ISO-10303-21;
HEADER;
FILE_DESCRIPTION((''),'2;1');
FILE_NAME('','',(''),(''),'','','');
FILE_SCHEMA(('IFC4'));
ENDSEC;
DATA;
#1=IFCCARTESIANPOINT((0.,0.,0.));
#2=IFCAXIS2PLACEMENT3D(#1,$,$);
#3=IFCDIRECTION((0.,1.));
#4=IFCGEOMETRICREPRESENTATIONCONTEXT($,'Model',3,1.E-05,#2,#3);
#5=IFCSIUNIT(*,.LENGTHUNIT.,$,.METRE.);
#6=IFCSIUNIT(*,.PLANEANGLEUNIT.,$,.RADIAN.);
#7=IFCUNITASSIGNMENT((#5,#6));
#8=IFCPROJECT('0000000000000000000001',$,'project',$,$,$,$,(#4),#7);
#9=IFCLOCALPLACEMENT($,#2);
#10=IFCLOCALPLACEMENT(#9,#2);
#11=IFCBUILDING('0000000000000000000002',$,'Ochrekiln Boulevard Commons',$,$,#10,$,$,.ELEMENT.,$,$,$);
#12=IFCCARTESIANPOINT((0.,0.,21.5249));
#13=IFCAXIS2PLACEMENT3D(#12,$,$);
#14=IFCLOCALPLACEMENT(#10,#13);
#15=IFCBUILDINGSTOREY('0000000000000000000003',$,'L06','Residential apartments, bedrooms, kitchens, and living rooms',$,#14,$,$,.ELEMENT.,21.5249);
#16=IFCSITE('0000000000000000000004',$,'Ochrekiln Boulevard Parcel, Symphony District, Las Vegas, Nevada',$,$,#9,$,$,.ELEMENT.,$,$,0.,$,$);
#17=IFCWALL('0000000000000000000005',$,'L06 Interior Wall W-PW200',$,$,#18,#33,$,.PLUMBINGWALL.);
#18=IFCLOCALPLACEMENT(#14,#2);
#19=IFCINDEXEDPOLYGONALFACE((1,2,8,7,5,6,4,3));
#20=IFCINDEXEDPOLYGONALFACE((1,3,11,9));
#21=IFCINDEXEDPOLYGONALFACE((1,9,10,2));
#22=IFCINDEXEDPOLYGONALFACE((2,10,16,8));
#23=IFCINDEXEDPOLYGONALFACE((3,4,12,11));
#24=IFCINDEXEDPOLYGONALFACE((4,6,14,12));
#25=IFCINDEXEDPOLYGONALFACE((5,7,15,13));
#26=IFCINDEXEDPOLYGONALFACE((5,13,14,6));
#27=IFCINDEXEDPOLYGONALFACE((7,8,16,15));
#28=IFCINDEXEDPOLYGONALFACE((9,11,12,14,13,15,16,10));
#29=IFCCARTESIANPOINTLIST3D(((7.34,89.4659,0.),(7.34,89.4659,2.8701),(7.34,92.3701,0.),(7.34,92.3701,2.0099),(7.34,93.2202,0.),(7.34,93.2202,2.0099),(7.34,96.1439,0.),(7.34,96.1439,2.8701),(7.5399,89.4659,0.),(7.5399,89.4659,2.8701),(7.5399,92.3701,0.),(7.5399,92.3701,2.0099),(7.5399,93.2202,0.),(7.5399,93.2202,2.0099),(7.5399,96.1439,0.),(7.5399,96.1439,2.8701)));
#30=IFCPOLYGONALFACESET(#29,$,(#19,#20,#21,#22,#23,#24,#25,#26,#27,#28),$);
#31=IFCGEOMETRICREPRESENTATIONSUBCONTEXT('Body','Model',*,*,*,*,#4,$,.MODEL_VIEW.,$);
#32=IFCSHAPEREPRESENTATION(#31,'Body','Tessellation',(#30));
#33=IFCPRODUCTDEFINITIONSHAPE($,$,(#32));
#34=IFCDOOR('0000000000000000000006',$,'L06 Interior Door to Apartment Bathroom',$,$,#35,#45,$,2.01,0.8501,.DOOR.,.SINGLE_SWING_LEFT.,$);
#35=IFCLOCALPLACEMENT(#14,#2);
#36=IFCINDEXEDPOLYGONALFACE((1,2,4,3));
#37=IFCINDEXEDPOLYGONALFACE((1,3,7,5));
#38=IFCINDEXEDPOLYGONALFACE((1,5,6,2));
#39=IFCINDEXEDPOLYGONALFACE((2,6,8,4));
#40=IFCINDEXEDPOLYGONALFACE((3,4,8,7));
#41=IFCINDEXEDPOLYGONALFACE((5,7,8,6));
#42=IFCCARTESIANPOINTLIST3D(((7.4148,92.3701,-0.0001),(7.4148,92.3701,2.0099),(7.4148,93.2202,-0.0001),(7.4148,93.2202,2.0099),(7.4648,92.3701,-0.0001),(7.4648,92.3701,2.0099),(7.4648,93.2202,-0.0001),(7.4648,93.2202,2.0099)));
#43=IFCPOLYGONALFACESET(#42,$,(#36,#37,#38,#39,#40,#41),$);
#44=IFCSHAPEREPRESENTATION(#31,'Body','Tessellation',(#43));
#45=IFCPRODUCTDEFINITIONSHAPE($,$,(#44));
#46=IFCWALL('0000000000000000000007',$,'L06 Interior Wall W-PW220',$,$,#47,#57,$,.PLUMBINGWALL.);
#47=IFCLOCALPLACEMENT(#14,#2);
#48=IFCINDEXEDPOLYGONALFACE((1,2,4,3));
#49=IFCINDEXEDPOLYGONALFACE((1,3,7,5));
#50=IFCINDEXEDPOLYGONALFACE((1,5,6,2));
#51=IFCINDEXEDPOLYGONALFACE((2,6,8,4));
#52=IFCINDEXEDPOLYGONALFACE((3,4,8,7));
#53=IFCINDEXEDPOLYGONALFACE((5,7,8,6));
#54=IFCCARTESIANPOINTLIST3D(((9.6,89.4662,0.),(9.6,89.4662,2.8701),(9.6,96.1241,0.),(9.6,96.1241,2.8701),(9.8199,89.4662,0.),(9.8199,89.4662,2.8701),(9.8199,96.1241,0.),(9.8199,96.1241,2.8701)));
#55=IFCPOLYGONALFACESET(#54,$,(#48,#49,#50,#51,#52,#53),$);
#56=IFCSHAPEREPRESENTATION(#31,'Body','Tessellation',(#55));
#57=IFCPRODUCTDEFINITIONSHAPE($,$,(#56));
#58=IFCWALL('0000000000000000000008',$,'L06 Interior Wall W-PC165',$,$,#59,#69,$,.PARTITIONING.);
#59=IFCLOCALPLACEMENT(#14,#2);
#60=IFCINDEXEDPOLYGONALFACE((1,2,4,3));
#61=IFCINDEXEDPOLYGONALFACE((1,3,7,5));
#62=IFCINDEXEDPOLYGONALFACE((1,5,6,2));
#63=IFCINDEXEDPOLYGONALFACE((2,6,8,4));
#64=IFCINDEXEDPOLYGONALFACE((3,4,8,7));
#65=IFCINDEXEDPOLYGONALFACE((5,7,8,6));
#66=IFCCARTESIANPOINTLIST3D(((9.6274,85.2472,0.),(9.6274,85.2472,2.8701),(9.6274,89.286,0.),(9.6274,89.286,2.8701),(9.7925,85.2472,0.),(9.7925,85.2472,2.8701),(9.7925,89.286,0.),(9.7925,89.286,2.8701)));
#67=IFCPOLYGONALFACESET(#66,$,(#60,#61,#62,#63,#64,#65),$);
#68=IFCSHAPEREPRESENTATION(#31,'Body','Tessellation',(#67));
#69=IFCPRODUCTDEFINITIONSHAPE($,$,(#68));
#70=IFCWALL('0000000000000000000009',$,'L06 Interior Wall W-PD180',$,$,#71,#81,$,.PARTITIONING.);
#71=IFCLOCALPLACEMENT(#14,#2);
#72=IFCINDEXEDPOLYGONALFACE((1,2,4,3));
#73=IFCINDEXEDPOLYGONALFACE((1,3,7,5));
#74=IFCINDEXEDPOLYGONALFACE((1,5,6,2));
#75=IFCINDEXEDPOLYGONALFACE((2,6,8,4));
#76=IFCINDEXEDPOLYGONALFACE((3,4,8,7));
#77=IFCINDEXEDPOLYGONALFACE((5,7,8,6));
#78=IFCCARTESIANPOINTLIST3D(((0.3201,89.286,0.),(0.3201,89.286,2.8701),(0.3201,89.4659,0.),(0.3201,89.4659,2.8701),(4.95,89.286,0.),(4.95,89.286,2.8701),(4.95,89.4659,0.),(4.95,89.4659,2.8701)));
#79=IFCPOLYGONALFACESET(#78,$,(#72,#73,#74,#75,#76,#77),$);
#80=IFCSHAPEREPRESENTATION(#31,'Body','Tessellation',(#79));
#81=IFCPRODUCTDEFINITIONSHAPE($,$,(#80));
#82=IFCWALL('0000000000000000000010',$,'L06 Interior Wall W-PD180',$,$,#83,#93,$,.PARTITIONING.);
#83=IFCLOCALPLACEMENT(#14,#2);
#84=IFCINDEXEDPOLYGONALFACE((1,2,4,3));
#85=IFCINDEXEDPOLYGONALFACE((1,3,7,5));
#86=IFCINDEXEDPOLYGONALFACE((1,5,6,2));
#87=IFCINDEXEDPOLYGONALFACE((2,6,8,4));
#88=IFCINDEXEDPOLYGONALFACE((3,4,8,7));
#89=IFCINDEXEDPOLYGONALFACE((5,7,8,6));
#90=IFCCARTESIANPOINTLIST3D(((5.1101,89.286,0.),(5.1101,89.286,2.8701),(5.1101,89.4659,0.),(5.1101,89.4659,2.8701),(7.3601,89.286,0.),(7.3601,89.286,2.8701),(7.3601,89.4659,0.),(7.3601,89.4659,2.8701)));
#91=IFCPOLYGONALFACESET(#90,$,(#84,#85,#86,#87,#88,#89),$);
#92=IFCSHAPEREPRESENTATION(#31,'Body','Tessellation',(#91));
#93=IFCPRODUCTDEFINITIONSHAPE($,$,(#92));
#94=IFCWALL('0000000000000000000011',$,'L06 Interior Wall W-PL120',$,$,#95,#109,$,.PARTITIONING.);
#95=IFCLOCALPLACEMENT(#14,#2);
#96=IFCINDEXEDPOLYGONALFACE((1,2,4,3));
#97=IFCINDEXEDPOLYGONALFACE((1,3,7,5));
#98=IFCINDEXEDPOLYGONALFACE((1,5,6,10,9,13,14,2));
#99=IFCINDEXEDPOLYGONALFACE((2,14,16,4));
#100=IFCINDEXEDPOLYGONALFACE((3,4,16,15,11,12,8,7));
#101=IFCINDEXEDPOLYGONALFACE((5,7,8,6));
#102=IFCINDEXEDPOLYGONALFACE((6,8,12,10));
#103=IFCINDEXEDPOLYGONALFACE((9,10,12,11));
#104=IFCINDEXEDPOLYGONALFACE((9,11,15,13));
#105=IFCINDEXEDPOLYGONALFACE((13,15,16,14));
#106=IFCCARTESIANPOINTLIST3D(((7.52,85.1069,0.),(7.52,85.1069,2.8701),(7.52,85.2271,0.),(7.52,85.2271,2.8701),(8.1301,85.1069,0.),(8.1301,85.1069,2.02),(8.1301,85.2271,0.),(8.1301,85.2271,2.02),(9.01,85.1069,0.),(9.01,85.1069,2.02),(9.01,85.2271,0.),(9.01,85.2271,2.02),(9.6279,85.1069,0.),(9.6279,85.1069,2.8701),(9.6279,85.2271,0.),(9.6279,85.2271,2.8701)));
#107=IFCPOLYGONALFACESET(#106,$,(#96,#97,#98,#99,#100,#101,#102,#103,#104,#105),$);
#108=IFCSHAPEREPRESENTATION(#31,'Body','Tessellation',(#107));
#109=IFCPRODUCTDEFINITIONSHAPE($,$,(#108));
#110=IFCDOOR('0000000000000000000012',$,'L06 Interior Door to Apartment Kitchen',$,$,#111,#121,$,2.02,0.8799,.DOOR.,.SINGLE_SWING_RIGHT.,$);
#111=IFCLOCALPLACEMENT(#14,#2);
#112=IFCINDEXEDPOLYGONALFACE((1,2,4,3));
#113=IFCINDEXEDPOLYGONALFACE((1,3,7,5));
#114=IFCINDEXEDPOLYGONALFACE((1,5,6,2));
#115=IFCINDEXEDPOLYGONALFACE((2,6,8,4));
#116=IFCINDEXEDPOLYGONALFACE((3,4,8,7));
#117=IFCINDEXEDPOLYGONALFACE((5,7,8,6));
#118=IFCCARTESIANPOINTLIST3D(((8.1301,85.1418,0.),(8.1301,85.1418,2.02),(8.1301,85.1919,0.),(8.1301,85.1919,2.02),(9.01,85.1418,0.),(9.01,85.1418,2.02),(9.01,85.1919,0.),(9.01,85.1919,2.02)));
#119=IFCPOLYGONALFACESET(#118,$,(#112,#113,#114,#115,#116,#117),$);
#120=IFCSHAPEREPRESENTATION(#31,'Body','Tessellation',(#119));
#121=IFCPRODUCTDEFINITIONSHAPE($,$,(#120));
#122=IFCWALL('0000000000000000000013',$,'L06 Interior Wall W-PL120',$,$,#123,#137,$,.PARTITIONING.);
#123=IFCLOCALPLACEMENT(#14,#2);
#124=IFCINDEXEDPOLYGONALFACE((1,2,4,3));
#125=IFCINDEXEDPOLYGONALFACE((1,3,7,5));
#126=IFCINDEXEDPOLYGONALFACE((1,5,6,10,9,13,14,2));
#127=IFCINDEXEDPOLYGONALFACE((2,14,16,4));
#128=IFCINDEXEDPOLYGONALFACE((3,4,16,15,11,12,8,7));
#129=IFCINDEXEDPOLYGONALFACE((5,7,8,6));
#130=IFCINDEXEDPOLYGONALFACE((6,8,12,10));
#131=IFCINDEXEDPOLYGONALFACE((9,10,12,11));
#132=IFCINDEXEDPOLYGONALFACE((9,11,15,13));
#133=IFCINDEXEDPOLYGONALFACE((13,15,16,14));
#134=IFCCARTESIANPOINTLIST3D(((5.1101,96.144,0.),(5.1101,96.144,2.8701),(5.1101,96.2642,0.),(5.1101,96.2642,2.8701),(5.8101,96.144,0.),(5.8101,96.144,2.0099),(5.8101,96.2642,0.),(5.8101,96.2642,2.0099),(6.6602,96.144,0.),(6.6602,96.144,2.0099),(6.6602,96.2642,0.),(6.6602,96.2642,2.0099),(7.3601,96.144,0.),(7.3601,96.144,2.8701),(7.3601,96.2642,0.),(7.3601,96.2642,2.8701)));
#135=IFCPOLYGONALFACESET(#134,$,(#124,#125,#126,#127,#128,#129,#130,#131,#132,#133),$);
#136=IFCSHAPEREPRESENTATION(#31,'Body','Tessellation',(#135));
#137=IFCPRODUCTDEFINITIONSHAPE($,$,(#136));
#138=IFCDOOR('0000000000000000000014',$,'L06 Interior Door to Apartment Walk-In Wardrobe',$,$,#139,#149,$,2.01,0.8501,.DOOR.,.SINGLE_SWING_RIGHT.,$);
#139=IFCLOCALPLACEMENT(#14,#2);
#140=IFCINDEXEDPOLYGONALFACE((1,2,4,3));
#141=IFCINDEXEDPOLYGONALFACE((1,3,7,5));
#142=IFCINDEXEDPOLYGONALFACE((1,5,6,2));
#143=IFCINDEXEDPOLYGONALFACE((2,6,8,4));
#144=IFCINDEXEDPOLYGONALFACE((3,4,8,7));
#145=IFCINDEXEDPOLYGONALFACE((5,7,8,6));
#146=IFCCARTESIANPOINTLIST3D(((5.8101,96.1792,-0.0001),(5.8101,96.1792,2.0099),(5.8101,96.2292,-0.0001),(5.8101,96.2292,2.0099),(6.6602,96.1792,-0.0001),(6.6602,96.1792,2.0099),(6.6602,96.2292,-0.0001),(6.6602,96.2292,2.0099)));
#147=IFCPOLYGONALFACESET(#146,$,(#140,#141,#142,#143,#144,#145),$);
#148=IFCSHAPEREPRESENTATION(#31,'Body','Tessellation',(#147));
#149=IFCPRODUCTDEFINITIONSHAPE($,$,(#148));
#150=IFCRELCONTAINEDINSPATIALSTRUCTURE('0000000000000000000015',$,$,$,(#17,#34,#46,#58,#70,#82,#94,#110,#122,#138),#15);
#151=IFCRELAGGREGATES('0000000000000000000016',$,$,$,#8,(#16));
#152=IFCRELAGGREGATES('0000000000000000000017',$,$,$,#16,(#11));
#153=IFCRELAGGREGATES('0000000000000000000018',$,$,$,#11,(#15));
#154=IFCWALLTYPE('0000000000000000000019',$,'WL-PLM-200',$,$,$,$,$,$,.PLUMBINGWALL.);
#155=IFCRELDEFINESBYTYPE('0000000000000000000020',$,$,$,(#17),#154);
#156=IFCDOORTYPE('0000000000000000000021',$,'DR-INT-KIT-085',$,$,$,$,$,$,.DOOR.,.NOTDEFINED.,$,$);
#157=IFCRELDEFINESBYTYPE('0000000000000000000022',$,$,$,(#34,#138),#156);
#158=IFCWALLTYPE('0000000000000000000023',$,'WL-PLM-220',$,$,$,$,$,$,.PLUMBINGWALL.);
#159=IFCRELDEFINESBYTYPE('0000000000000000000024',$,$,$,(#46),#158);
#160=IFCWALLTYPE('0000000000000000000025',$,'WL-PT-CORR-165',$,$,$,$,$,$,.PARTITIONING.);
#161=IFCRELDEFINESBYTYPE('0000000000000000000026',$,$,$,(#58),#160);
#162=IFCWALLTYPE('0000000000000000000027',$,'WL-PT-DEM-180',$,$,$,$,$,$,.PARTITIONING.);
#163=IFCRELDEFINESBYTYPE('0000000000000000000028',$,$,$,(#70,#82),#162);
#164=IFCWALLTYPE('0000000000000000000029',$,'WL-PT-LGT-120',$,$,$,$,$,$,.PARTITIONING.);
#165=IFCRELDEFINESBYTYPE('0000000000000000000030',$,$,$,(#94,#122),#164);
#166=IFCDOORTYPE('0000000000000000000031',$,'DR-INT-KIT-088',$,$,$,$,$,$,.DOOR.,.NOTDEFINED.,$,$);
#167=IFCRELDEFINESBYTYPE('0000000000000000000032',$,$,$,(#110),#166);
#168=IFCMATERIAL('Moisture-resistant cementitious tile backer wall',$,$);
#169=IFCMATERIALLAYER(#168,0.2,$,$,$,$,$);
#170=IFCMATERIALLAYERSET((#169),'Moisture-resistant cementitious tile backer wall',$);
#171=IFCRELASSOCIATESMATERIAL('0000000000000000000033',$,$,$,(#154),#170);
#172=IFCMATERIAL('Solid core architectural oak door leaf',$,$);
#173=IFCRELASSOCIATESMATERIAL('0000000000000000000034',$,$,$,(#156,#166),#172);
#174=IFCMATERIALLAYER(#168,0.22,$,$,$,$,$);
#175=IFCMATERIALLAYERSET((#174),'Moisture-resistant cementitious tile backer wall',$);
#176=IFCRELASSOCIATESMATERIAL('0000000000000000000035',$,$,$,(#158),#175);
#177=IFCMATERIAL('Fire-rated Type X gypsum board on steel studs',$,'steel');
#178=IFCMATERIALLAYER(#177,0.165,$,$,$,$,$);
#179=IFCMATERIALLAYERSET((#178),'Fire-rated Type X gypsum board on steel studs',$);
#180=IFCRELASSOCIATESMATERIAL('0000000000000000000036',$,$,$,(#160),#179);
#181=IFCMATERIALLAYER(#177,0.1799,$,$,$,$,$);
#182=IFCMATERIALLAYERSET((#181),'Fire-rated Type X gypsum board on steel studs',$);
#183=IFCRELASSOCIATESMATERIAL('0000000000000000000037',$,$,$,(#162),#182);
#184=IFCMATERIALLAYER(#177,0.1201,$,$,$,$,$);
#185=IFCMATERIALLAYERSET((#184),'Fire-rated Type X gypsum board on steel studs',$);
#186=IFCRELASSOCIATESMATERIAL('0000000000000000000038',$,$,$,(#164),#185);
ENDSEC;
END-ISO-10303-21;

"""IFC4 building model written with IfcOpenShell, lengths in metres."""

from ifc_helpers import new_model, si_unit, direction, frame, frame_2d, origin, place, context, subcontext, project, spatial, rectangle, extrude, material, layer, layer_set, type_object, element, fill, save


model = new_model("IFC4")

# Units and contexts
model_context = context("Model", 3, precision=1e-05, world=origin(), true_north=direction((0.0, 1.0)))
body_context = subcontext(model_context, "Body", "Model", "MODEL_VIEW")
ifc_project = project(units=[si_unit("LENGTHUNIT", "METRE"), si_unit("PLANEANGLEUNIT", "RADIAN")], contexts=[model_context])

# Site, building, storey
site_placement = place(None, origin())
site = spatial("IfcSite", under=ifc_project, at=site_placement, Name="Ochrekiln Boulevard Parcel, Symphony District, Las Vegas, Nevada", CompositionType="ELEMENT", RefElevation=0.0)
building_placement = place(site_placement, origin())
building = spatial("IfcBuilding", under=site, at=building_placement, Name="Ochrekiln Boulevard Commons", CompositionType="ELEMENT")
storey_placement = place(building_placement, frame((0.0, 0.0, 21.5249)))
storey = spatial("IfcBuildingStorey", under=building, at=storey_placement, Name="L06", Description="Residential apartments, bedrooms, kitchens, and living rooms", CompositionType="ELEMENT", Elevation=21.5249)

# Shared definitions
ifc_material_1 = material(Name="Moisture-resistant cementitious tile backer wall")
ifc_layer_1 = layer(ifc_material_1, 0.2)
ifc_layer_set_1 = layer_set([ifc_layer_1], Name="Moisture-resistant cementitious tile backer wall")
wall_type_1 = type_object("IfcWallType", Name="WL-PLM-200", PredefinedType="PLUMBINGWALL", material=ifc_layer_set_1)

# Wall, opening, door
ifc_material_2 = material(Name="Solid core architectural oak door leaf")
wall_1_placement = place(storey_placement, frame((7.4399, 89.4661, 0.0), z_axis=(0.0, 0.0, 1.0), x_axis=(0.0, 1.0, 0.0)))
wall_1 = element("IfcWall", 1, at=wall_1_placement, inside=storey, type_object=wall_type_1, Name="L06 Interior Wall W-PW200", PredefinedType="PLUMBINGWALL", context=body_context, shape_type="SweptSolid", body=[
    extrude(rectangle(XDim=6.678, YDim=0.2, at=frame_2d((3.3389, 0.0))), origin(), (0.0, 0.0, 1.0), 2.8701),
])
opening_1_placement = place(wall_1_placement, frame((2.9041, 0.0, 0.0)))
opening_1 = element("IfcOpeningElement", 2, at=opening_1_placement, cuts=wall_1, PredefinedType="OPENING", context=body_context, shape_type="SweptSolid", body=[
    extrude(rectangle(XDim=0.8501, YDim=2.01, at=frame_2d((0.425, 1.0049))), frame((0.0, 0.1099, 0.0), z_axis=(0.0, -1.0, 0.0), x_axis=(1.0, 0.0, 0.0)), (0.0, 0.0, 1.0), 0.22),
])
door_type_1 = type_object("IfcDoorType", Name="DR-INT-KIT-085", OperationType="NOTDEFINED", PredefinedType="DOOR", material=ifc_material_2)
door_1_placement = place(opening_1_placement, frame((0.8501, 0.0, 0.0), z_axis=(0.0, 0.0, 1.0), x_axis=(-1.0, 0.0, 0.0)))
door_1 = element("IfcDoor", 3, at=door_1_placement, inside=storey, type_object=door_type_1, Name="L06 Interior Door to Apartment Bathroom", OperationType="SINGLE_SWING_LEFT", OverallHeight=2.01, OverallWidth=0.8501, PredefinedType="DOOR", context=body_context, shape_type="SweptSolid", body=[
    extrude(rectangle(XDim=0.8501, YDim=2.01, at=frame_2d((0.425, 1.0049))), frame((0.0, 0.0249, 0.0), z_axis=(0.0, -1.0, 0.0), x_axis=(1.0, 0.0, 0.0)), (0.0, 0.0, 1.0), 0.05),
])
fill(opening_1, door_1)

# Walls
ifc_layer_2 = layer(ifc_material_1, 0.22)
ifc_layer_set_2 = layer_set([ifc_layer_2], Name="Moisture-resistant cementitious tile backer wall")
wall_type_2 = type_object("IfcWallType", Name="WL-PLM-220", PredefinedType="PLUMBINGWALL", material=ifc_layer_set_2)
wall_2_placement = place(storey_placement, frame((9.71, 89.4661, 0.0), z_axis=(0.0, 0.0, 1.0), x_axis=(0.0, 1.0, 0.0)))
element("IfcWall", 4, at=wall_2_placement, inside=storey, type_object=wall_type_2, Name="L06 Interior Wall W-PW220", PredefinedType="PLUMBINGWALL", context=body_context, shape_type="SweptSolid", body=[
    extrude(rectangle(XDim=6.658, YDim=0.22, at=frame_2d((3.3291, 0.0))), origin(), (0.0, 0.0, 1.0), 2.8701),
])
ifc_material_3 = material(Name="Fire-rated Type X gypsum board on steel studs", Category="steel")
ifc_layer_3 = layer(ifc_material_3, 0.165)
ifc_layer_set_3 = layer_set([ifc_layer_3], Name="Fire-rated Type X gypsum board on steel studs")
wall_type_3 = type_object("IfcWallType", Name="WL-PT-CORR-165", PredefinedType="PARTITIONING", material=ifc_layer_set_3)
wall_3_placement = place(storey_placement, frame((9.71, 85.2471, 0.0), z_axis=(0.0, 0.0, 1.0), x_axis=(0.0, 1.0, 0.0)))
element("IfcWall", 5, at=wall_3_placement, inside=storey, type_object=wall_type_3, Name="L06 Interior Wall W-PC165", PredefinedType="PARTITIONING", context=body_context, shape_type="SweptSolid", body=[
    extrude(rectangle(XDim=4.0388, YDim=0.165, at=frame_2d((2.0195, 0.0))), origin(), (0.0, 0.0, 1.0), 2.8701),
])
ifc_layer_4 = layer(ifc_material_3, 0.1799)
ifc_layer_set_4 = layer_set([ifc_layer_4], Name="Fire-rated Type X gypsum board on steel studs")
wall_type_4 = type_object("IfcWallType", Name="WL-PT-DEM-180", PredefinedType="PARTITIONING", material=ifc_layer_set_4)
wall_4_placement = place(storey_placement, frame((0.3201, 89.376, 0.0), z_axis=(0.0, 0.0, 1.0), x_axis=(1.0, 0.0, 0.0)))
element("IfcWall", 6, at=wall_4_placement, inside=storey, type_object=wall_type_4, Name="L06 Interior Wall W-PD180", PredefinedType="PARTITIONING", context=body_context, shape_type="SweptSolid", body=[
    extrude(rectangle(XDim=4.6299, YDim=0.1799, at=frame_2d((2.3149, 0.0))), origin(), (0.0, 0.0, 1.0), 2.8701),
])
wall_5_placement = place(storey_placement, frame((5.1101, 89.376, 0.0), z_axis=(0.0, 0.0, 1.0), x_axis=(1.0, 0.0, 0.0)))
element("IfcWall", 7, at=wall_5_placement, inside=storey, type_object=wall_type_4, Name="L06 Interior Wall W-PD180", PredefinedType="PARTITIONING", context=body_context, shape_type="SweptSolid", body=[
    extrude(rectangle(XDim=2.25, YDim=0.1799, at=frame_2d((1.125, 0.0))), origin(), (0.0, 0.0, 1.0), 2.8701),
])

# Walls, openings, doors
ifc_layer_5 = layer(ifc_material_3, 0.1201)
ifc_layer_set_5 = layer_set([ifc_layer_5], Name="Fire-rated Type X gypsum board on steel studs")
wall_type_5 = type_object("IfcWallType", Name="WL-PT-LGT-120", PredefinedType="PARTITIONING", material=ifc_layer_set_5)
wall_6_placement = place(storey_placement, frame((7.52, 85.167, 0.0), z_axis=(0.0, 0.0, 1.0), x_axis=(1.0, 0.0, 0.0)))
wall_6 = element("IfcWall", 8, at=wall_6_placement, inside=storey, type_object=wall_type_5, Name="L06 Interior Wall W-PL120", PredefinedType="PARTITIONING", context=body_context, shape_type="SweptSolid", body=[
    extrude(rectangle(XDim=2.1079, YDim=0.1201, at=frame_2d((1.054, 0.0))), origin(), (0.0, 0.0, 1.0), 2.8701),
])
opening_2_placement = place(wall_6_placement, frame((0.6101, 0.0, 0.0)))
opening_2 = element("IfcOpeningElement", 9, at=opening_2_placement, cuts=wall_6, PredefinedType="OPENING", context=body_context, shape_type="SweptSolid", body=[
    extrude(rectangle(XDim=0.8799, YDim=2.02, at=frame_2d((0.4399, 1.01))), frame((0.0, 0.0701, 0.0), z_axis=(0.0, -1.0, 0.0), x_axis=(1.0, 0.0, 0.0)), (0.0, 0.0, 1.0), 0.1401),
])
door_type_2 = type_object("IfcDoorType", Name="DR-INT-KIT-088", OperationType="NOTDEFINED", PredefinedType="DOOR", material=ifc_material_2)
door_2_placement = place(opening_2_placement, origin())
door_2 = element("IfcDoor", 10, at=door_2_placement, inside=storey, type_object=door_type_2, Name="L06 Interior Door to Apartment Kitchen", OperationType="SINGLE_SWING_RIGHT", OverallHeight=2.02, OverallWidth=0.8799, PredefinedType="DOOR", context=body_context, shape_type="SweptSolid", body=[
    extrude(rectangle(XDim=0.8799, YDim=2.02, at=frame_2d((0.4399, 1.01))), frame((0.0, 0.0249, 0.0), z_axis=(0.0, -1.0, 0.0), x_axis=(1.0, 0.0, 0.0)), (0.0, 0.0, 1.0), 0.05),
])
fill(opening_2, door_2)
wall_7_placement = place(storey_placement, frame((5.1101, 96.2041, 0.0), z_axis=(0.0, 0.0, 1.0), x_axis=(1.0, 0.0, 0.0)))
wall_7 = element("IfcWall", 11, at=wall_7_placement, inside=storey, type_object=wall_type_5, Name="L06 Interior Wall W-PL120", PredefinedType="PARTITIONING", context=body_context, shape_type="SweptSolid", body=[
    extrude(rectangle(XDim=2.25, YDim=0.1201, at=frame_2d((1.125, 0.0))), origin(), (0.0, 0.0, 1.0), 2.8701),
])
opening_3_placement = place(wall_7_placement, frame((0.7, 0.0, 0.0)))
opening_3 = element("IfcOpeningElement", 12, at=opening_3_placement, cuts=wall_7, PredefinedType="OPENING", context=body_context, shape_type="SweptSolid", body=[
    extrude(rectangle(XDim=0.8501, YDim=2.01, at=frame_2d((0.425, 1.0049))), frame((0.0, 0.0701, 0.0), z_axis=(0.0, -1.0, 0.0), x_axis=(1.0, 0.0, 0.0)), (0.0, 0.0, 1.0), 0.1401),
])
door_3_placement = place(opening_3_placement, frame((0.8501, 0.0, 0.0), z_axis=(0.0, 0.0, 1.0), x_axis=(-1.0, 0.0, 0.0)))
door_3 = element("IfcDoor", 13, at=door_3_placement, inside=storey, type_object=door_type_1, Name="L06 Interior Door to Apartment Walk-In Wardrobe", OperationType="SINGLE_SWING_RIGHT", OverallHeight=2.01, OverallWidth=0.8501, PredefinedType="DOOR", context=body_context, shape_type="SweptSolid", body=[
    extrude(rectangle(XDim=0.8501, YDim=2.01, at=frame_2d((0.425, 1.0049))), frame((0.0, 0.0249, 0.0), z_axis=(0.0, -1.0, 0.0), x_axis=(1.0, 0.0, 0.0)), (0.0, 0.0, 1.0), 0.05),
])
fill(opening_3, door_3)

save(model, "model.ifc")
